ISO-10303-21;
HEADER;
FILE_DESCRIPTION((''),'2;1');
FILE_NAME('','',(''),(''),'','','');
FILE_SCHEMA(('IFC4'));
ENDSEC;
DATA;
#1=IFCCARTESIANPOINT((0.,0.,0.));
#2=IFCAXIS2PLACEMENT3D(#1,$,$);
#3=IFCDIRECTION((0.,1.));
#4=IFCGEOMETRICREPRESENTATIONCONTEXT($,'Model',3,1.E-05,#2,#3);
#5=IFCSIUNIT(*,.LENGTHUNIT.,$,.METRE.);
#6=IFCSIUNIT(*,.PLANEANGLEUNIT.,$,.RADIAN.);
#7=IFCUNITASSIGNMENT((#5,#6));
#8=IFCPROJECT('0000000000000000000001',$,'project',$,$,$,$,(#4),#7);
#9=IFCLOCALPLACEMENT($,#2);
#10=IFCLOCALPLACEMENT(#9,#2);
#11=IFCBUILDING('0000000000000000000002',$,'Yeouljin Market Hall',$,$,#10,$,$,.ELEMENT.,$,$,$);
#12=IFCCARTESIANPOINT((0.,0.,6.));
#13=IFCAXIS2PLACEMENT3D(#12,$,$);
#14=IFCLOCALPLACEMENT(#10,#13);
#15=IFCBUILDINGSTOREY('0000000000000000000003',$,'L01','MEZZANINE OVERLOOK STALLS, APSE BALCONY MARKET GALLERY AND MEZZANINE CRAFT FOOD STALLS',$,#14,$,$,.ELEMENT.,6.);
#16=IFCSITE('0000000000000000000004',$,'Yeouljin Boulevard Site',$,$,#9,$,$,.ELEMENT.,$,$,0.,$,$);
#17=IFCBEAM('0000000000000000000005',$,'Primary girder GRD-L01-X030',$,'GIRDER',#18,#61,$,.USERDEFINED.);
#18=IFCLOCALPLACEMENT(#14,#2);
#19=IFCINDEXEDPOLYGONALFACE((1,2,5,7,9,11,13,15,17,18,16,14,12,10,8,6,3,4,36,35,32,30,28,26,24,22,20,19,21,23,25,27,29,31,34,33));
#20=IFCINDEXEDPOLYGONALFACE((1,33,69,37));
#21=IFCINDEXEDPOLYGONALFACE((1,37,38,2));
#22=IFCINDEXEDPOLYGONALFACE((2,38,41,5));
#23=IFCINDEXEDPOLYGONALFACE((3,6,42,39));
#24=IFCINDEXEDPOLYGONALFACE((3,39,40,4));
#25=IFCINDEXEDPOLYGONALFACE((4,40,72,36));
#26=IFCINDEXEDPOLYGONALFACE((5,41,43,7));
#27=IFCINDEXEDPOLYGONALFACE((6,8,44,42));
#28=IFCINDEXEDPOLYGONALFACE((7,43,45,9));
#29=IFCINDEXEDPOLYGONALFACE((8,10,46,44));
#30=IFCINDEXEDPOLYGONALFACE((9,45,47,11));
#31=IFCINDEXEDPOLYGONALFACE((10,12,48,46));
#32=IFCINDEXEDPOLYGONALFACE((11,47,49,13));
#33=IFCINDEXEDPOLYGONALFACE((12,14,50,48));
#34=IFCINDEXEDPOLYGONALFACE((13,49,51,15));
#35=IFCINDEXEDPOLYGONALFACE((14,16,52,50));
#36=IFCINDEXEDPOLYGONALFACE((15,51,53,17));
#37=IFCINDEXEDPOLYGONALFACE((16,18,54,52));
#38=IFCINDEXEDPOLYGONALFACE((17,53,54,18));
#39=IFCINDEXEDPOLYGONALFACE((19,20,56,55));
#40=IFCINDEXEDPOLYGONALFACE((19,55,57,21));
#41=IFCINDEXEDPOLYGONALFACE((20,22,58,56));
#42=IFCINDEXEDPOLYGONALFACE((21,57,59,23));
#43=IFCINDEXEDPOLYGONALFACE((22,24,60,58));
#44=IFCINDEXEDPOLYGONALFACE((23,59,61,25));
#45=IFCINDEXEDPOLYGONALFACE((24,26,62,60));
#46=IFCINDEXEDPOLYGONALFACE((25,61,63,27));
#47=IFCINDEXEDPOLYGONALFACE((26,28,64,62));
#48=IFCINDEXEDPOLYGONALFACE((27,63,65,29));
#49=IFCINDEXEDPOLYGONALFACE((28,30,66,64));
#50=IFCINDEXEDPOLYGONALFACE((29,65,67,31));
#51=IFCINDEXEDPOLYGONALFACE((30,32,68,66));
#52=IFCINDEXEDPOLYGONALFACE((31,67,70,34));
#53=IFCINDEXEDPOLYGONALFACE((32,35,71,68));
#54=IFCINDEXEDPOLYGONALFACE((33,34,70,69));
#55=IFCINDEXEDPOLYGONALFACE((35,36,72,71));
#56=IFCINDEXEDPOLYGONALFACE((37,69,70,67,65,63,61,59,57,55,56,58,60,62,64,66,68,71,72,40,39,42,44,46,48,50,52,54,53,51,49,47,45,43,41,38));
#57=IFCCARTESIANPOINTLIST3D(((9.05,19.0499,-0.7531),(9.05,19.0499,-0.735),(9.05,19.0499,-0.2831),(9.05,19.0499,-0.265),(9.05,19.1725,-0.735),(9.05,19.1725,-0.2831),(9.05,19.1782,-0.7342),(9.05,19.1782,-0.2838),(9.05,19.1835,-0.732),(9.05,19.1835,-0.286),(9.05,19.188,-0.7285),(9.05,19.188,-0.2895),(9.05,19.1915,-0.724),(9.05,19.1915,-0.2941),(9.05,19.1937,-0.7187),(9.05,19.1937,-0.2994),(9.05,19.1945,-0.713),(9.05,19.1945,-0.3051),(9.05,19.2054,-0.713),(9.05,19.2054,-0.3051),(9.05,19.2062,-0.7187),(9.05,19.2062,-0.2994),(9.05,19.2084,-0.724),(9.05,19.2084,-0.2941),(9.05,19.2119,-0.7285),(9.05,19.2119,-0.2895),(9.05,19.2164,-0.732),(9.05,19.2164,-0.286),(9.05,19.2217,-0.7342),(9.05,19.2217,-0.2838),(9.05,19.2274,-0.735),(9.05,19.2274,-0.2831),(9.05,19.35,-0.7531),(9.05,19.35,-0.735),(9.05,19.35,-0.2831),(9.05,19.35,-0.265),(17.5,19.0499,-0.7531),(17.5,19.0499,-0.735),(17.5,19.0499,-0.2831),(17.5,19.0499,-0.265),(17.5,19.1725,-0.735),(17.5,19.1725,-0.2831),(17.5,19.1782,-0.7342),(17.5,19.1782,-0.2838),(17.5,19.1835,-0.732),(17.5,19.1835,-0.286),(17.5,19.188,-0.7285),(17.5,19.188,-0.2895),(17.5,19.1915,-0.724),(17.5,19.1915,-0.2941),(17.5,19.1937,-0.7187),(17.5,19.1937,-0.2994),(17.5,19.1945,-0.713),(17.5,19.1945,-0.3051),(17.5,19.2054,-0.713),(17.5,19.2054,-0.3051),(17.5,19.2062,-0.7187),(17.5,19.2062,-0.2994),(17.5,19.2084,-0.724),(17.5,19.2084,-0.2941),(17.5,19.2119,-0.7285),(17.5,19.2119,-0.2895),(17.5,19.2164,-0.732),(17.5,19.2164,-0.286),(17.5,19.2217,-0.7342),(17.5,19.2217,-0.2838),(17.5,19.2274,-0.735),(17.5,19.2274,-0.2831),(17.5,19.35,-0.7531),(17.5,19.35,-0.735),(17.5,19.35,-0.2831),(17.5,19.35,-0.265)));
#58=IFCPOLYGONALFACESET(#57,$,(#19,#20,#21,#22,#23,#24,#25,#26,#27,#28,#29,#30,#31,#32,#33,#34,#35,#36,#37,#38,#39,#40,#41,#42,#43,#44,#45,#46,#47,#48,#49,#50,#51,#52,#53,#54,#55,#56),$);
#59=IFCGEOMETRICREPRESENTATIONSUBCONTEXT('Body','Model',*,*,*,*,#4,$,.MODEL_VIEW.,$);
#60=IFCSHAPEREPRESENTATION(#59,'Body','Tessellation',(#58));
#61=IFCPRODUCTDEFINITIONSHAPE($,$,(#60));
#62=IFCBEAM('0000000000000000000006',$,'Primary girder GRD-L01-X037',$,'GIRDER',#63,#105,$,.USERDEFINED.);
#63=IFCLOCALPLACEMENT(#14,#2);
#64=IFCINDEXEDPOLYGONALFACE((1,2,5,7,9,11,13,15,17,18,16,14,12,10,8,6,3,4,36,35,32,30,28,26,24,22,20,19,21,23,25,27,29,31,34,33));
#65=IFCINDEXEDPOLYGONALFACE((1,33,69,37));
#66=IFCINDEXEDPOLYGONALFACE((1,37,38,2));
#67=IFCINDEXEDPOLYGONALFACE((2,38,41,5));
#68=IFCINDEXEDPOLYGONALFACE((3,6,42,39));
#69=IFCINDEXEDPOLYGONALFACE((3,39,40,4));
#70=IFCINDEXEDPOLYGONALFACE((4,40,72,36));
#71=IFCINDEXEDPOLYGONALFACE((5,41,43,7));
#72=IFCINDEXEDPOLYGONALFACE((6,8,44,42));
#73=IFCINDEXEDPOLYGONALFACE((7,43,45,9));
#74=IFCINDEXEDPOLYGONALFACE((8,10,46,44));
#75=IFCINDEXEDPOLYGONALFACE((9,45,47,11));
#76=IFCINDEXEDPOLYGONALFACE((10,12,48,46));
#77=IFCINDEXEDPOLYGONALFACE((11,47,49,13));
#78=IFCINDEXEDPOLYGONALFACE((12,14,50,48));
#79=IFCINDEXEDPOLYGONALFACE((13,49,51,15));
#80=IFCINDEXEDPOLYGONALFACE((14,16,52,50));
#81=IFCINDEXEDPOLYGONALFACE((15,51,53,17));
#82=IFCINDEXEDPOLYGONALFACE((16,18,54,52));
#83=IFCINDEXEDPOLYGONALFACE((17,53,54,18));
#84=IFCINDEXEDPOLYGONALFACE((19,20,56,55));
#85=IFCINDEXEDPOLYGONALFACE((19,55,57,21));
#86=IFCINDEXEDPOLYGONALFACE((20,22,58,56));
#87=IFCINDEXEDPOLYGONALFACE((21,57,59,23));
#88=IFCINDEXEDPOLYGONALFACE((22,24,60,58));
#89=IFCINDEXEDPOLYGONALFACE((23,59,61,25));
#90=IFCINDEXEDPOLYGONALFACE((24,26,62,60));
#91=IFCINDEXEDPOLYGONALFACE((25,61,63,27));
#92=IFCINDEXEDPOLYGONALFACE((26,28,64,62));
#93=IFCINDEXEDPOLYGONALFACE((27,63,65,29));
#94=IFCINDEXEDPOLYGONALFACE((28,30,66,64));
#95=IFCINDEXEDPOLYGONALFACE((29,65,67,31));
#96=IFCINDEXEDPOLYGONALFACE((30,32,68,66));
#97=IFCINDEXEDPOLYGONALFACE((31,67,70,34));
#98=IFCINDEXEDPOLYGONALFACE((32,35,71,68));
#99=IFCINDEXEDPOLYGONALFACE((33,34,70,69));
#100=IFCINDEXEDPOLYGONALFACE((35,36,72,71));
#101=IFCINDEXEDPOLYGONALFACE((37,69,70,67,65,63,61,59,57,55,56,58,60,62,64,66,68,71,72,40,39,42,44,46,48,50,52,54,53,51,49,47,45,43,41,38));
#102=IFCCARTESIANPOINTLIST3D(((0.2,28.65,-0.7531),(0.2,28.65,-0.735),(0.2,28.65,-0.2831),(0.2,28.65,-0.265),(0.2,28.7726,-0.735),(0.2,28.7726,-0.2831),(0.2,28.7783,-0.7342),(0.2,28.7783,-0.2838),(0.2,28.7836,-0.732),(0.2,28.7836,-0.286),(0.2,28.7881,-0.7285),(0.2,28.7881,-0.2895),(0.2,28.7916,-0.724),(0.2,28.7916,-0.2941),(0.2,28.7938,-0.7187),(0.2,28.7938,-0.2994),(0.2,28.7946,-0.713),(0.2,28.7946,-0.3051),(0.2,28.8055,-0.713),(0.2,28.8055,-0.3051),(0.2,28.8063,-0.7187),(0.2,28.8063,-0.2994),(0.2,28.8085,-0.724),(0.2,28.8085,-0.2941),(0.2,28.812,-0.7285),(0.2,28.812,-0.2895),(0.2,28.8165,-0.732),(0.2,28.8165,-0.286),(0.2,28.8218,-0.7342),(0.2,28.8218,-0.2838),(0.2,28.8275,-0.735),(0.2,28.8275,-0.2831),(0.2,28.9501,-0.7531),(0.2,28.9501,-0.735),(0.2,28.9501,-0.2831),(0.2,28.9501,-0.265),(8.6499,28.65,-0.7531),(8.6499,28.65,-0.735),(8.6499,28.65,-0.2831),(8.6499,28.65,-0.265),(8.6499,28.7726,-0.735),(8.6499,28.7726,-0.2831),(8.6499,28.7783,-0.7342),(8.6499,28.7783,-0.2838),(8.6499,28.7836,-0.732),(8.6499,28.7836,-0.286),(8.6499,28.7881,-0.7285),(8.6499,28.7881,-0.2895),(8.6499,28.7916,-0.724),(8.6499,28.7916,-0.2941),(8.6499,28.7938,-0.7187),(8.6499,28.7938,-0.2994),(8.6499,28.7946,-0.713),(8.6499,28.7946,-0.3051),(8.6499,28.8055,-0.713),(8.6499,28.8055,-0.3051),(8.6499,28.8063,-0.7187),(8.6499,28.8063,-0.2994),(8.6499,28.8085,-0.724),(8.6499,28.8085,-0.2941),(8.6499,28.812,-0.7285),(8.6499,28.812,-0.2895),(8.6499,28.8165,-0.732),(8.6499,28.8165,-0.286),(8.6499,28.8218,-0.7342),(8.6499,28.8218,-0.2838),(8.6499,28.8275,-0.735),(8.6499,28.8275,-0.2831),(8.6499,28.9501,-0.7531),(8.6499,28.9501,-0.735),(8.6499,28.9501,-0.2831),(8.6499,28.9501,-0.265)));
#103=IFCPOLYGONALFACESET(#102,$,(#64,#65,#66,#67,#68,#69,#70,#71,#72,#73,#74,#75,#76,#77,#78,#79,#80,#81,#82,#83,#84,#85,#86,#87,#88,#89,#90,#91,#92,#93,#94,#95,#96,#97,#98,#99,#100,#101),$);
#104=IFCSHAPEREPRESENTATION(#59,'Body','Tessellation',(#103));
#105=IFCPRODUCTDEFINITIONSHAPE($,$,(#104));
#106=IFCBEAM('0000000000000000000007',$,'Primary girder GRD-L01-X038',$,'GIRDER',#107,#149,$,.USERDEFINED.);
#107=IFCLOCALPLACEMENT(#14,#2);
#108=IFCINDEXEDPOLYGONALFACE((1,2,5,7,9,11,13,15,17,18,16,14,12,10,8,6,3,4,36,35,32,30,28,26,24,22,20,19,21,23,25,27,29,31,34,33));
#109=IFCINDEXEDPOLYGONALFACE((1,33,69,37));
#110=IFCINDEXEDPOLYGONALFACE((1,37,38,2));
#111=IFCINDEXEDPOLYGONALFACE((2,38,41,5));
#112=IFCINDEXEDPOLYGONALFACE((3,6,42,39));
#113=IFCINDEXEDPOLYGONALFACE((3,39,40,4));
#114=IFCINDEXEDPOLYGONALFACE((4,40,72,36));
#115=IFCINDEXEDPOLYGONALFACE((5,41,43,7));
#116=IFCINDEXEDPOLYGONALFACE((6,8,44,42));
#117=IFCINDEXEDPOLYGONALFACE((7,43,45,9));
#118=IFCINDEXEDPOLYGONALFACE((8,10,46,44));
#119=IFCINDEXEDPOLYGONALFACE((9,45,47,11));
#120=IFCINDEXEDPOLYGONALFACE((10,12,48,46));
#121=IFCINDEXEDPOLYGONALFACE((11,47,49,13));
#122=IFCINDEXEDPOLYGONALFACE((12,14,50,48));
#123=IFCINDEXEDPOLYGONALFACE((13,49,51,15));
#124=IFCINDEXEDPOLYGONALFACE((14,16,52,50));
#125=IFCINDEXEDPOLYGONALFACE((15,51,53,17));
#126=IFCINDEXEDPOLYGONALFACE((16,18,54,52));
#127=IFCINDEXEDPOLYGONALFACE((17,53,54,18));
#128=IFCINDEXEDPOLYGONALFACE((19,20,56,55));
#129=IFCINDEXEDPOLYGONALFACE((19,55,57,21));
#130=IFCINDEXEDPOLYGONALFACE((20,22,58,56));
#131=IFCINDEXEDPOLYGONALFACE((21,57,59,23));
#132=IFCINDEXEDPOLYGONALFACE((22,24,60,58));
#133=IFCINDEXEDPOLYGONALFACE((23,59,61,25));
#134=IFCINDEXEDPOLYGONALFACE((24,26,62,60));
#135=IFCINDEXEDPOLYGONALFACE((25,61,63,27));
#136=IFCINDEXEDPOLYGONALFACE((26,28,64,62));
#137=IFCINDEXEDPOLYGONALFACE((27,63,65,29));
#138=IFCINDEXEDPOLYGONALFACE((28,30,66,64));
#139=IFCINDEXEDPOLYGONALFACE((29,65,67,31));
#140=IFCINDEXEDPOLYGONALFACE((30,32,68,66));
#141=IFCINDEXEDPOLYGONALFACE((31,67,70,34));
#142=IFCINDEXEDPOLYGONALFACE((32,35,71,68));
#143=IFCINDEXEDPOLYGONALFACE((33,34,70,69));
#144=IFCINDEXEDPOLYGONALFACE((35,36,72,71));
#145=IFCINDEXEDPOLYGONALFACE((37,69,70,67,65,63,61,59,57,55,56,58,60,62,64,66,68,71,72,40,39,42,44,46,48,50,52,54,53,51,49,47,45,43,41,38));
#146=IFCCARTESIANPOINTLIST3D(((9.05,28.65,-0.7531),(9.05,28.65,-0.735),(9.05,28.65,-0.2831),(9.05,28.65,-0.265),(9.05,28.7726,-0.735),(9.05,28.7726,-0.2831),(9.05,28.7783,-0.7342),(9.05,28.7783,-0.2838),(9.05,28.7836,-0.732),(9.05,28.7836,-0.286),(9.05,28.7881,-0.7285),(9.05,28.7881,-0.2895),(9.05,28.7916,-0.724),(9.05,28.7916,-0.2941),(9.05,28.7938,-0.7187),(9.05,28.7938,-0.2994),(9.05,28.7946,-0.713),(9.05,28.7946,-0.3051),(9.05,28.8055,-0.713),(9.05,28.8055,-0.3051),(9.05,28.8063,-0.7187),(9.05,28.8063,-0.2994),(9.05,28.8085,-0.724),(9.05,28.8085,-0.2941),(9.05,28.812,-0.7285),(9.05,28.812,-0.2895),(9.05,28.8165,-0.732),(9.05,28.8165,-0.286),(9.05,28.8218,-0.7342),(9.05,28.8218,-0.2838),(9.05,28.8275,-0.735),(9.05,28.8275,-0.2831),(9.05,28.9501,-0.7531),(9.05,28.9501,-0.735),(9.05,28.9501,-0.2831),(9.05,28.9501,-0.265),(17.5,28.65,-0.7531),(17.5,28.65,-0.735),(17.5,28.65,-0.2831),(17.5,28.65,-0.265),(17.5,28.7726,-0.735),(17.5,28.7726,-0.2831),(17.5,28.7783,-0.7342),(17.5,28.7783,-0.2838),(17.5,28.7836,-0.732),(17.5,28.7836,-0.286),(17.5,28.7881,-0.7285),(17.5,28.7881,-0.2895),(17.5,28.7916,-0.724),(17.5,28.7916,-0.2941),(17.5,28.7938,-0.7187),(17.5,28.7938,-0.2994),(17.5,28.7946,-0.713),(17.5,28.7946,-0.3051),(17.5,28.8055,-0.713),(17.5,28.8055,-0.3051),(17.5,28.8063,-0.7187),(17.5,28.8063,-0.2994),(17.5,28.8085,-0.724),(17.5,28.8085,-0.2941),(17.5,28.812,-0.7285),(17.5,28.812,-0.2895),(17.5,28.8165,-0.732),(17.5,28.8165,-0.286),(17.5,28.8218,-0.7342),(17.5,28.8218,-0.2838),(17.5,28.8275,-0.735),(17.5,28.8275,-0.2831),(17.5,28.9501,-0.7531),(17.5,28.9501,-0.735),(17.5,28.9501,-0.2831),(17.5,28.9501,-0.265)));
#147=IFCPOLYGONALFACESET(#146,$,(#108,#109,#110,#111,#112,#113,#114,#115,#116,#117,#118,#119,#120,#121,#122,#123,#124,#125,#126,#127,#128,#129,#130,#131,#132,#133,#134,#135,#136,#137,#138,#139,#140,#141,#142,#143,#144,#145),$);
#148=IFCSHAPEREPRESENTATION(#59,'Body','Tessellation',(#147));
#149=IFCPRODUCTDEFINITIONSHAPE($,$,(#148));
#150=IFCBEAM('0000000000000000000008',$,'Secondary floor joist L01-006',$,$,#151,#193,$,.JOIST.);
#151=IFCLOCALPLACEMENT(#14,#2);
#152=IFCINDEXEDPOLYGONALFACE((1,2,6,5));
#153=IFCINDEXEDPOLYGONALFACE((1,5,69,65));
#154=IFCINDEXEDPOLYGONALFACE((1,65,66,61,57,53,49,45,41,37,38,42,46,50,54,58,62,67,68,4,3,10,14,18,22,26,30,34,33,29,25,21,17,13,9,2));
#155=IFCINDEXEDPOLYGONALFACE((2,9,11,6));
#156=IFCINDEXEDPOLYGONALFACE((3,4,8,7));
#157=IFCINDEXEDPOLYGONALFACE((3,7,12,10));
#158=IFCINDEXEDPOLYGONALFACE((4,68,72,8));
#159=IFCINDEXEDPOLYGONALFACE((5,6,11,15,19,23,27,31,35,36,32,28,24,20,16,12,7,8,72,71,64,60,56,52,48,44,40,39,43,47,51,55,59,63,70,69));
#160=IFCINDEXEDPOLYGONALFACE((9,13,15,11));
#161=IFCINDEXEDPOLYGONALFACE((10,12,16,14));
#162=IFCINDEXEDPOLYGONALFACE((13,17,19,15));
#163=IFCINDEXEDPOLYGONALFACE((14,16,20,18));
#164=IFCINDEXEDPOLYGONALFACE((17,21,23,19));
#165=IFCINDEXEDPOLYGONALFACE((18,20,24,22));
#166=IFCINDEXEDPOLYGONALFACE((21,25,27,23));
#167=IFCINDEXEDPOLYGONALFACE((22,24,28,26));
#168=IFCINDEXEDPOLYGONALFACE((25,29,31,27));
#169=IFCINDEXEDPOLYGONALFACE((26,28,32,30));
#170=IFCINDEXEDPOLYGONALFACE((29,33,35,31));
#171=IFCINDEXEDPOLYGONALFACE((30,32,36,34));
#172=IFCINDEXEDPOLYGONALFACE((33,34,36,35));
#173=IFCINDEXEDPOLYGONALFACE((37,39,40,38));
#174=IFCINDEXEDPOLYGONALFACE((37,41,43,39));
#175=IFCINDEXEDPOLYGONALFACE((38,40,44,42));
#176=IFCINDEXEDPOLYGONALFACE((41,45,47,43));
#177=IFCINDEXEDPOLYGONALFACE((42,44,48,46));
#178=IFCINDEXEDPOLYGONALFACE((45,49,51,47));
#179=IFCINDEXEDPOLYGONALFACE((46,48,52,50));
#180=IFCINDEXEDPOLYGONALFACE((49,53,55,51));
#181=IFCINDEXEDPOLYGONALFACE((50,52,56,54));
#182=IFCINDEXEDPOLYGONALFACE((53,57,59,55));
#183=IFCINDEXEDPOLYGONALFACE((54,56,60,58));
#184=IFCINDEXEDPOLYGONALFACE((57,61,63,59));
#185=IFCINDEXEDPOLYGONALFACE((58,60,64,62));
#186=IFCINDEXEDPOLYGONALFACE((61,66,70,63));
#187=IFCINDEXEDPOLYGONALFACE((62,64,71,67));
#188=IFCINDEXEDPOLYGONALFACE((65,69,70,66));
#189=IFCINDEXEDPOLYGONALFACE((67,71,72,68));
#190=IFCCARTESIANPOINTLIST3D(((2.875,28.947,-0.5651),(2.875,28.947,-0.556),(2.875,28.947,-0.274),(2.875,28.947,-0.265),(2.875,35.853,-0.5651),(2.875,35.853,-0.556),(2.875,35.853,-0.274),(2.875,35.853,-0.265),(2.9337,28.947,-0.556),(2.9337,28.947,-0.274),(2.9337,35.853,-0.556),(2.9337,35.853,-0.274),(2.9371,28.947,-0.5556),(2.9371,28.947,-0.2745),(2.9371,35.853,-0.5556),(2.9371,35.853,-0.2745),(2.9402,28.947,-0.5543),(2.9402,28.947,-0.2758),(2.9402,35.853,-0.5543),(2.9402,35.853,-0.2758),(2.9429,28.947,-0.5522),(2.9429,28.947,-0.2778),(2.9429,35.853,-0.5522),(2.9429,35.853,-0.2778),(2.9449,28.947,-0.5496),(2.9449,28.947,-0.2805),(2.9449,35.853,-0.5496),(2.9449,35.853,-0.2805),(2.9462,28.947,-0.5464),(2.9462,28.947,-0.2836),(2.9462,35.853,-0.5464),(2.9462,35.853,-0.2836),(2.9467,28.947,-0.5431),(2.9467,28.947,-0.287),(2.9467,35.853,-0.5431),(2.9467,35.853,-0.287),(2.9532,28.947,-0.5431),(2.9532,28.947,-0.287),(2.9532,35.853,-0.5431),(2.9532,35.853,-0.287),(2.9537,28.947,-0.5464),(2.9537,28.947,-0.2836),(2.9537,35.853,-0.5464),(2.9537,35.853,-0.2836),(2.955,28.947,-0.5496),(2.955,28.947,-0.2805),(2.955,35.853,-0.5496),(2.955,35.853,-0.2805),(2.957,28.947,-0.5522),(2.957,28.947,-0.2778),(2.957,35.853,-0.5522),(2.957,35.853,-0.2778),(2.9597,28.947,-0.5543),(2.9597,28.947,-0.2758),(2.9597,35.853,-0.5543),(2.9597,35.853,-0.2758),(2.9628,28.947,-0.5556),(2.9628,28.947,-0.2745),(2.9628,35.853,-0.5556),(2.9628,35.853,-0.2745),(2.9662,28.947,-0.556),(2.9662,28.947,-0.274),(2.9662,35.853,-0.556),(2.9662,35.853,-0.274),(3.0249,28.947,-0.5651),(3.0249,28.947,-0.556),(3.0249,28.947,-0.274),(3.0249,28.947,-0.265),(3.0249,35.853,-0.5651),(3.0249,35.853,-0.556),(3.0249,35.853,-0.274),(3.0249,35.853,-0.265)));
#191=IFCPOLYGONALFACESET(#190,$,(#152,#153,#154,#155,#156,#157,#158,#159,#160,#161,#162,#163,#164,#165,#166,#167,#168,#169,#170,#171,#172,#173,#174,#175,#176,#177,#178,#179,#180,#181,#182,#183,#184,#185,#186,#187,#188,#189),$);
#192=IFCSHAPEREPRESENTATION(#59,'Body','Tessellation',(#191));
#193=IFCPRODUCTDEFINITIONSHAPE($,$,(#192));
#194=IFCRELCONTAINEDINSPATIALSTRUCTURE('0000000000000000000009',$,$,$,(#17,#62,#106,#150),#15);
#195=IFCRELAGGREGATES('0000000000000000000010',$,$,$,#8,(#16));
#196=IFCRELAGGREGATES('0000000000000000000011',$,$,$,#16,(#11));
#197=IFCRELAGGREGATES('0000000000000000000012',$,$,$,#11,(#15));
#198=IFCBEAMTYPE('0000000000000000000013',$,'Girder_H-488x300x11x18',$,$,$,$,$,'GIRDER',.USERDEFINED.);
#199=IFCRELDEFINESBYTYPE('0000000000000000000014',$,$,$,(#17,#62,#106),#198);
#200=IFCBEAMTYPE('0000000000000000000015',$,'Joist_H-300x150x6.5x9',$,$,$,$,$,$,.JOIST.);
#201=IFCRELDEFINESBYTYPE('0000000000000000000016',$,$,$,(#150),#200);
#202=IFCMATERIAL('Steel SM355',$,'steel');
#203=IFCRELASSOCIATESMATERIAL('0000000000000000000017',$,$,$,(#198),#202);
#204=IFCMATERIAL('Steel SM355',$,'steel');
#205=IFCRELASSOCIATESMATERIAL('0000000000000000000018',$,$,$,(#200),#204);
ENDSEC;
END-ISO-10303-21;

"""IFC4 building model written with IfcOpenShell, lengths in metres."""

from ifc_helpers import new_model, si_unit, direction, frame, origin, origin_2d, place, context, subcontext, project, spatial, i_section, extrude, material, material_profile, profile_set, type_object, element, save


model = new_model("IFC4")

# Units and contexts
model_context = context("Model", 3, precision=1e-05, world=origin(), true_north=direction((0.0, 1.0)))
body_context = subcontext(model_context, "Body", "Model", "MODEL_VIEW")
ifc_project = project(units=[si_unit("LENGTHUNIT", "METRE"), si_unit("PLANEANGLEUNIT", "RADIAN")], contexts=[model_context])

# Site, building, storey
site_placement = place(None, origin())
site = spatial("IfcSite", under=ifc_project, at=site_placement, Name="Yeouljin Boulevard Site", CompositionType="ELEMENT", RefElevation=0.0)
building_placement = place(site_placement, origin())
building = spatial("IfcBuilding", under=site, at=building_placement, Name="Yeouljin Market Hall", CompositionType="ELEMENT")
storey_placement = place(building_placement, frame((0.0, 0.0, 6.0)))
storey = spatial("IfcBuildingStorey", under=building, at=storey_placement, Name="L01", Description="MEZZANINE OVERLOOK STALLS, APSE BALCONY MARKET GALLERY AND MEZZANINE CRAFT FOOD STALLS", CompositionType="ELEMENT", Elevation=6.0)

# Beams
ifc_material_1 = material(Name="Steel SM355", Category="steel")
ifc_material_profile_1 = material_profile(ifc_material_1, i_section(OverallWidth=0.3, OverallDepth=0.488, WebThickness=0.011, FlangeThickness=0.0181, FilletRadius=0.022, at=origin_2d()), Name="H-488x300x11x18")
ifc_profile_set_1 = profile_set([ifc_material_profile_1], Name="Steel SM355")
beam_type_1 = type_object("IfcBeamType", Name="Girder_H-488x300x11x18", ElementType="GIRDER", PredefinedType="USERDEFINED", material=ifc_profile_set_1)
for number, where, z_axis, x_axis, name in (
    (1, (9.05, 19.2, -0.509), (1.0, 0.0, 0.0), (0.0, 1.0, 0.0), "Primary girder GRD-L01-X030"),
    (2, (0.2, 28.8, -0.509), (1.0, 0.0, 0.0), (0.0, 1.0, 0.0), "Primary girder GRD-L01-X037"),
    (3, (9.05, 28.8, -0.509), (1.0, 0.0, 0.0), (0.0, 1.0, 0.0), "Primary girder GRD-L01-X038"),
):
    element("IfcBeam", number, at=place(storey_placement, frame(where, z_axis=z_axis, x_axis=x_axis)), inside=storey, type_object=beam_type_1, Name=name, ObjectType="GIRDER", PredefinedType="USERDEFINED", context=body_context, shape_type="SweptSolid", body=[
        extrude(i_section(OverallWidth=0.3, OverallDepth=0.488, WebThickness=0.011, FlangeThickness=0.0181, FilletRadius=0.022, at=origin_2d()), origin(), (0.0, 0.0, 1.0), 8.45),
    ])
ifc_material_2 = material(Name="Steel SM355", Category="steel")
ifc_material_profile_2 = material_profile(ifc_material_2, i_section(OverallWidth=0.1499, OverallDepth=0.3, WebThickness=0.0066, FlangeThickness=0.009, FilletRadius=0.0129, at=origin_2d()), Name="H-300x150x6.5x9")
ifc_profile_set_2 = profile_set([ifc_material_profile_2], Name="Steel SM355")
beam_type_2 = type_object("IfcBeamType", Name="Joist_H-300x150x6.5x9", PredefinedType="JOIST", material=ifc_profile_set_2)
beam_placement = place(storey_placement, frame((2.95, 28.947, -0.415), z_axis=(0.0, 1.0, 0.0), x_axis=(-1.0, 0.0, 0.0)))
element("IfcBeam", 4, at=beam_placement, inside=storey, type_object=beam_type_2, Name="Secondary floor joist L01-006", PredefinedType="JOIST", context=body_context, shape_type="SweptSolid", body=[
    extrude(i_section(OverallWidth=0.1499, OverallDepth=0.3, WebThickness=0.0066, FlangeThickness=0.009, FilletRadius=0.0129, at=origin_2d()), origin(), (0.0, 0.0, 1.0), 6.906),
])

save(model, "model.ifc")
